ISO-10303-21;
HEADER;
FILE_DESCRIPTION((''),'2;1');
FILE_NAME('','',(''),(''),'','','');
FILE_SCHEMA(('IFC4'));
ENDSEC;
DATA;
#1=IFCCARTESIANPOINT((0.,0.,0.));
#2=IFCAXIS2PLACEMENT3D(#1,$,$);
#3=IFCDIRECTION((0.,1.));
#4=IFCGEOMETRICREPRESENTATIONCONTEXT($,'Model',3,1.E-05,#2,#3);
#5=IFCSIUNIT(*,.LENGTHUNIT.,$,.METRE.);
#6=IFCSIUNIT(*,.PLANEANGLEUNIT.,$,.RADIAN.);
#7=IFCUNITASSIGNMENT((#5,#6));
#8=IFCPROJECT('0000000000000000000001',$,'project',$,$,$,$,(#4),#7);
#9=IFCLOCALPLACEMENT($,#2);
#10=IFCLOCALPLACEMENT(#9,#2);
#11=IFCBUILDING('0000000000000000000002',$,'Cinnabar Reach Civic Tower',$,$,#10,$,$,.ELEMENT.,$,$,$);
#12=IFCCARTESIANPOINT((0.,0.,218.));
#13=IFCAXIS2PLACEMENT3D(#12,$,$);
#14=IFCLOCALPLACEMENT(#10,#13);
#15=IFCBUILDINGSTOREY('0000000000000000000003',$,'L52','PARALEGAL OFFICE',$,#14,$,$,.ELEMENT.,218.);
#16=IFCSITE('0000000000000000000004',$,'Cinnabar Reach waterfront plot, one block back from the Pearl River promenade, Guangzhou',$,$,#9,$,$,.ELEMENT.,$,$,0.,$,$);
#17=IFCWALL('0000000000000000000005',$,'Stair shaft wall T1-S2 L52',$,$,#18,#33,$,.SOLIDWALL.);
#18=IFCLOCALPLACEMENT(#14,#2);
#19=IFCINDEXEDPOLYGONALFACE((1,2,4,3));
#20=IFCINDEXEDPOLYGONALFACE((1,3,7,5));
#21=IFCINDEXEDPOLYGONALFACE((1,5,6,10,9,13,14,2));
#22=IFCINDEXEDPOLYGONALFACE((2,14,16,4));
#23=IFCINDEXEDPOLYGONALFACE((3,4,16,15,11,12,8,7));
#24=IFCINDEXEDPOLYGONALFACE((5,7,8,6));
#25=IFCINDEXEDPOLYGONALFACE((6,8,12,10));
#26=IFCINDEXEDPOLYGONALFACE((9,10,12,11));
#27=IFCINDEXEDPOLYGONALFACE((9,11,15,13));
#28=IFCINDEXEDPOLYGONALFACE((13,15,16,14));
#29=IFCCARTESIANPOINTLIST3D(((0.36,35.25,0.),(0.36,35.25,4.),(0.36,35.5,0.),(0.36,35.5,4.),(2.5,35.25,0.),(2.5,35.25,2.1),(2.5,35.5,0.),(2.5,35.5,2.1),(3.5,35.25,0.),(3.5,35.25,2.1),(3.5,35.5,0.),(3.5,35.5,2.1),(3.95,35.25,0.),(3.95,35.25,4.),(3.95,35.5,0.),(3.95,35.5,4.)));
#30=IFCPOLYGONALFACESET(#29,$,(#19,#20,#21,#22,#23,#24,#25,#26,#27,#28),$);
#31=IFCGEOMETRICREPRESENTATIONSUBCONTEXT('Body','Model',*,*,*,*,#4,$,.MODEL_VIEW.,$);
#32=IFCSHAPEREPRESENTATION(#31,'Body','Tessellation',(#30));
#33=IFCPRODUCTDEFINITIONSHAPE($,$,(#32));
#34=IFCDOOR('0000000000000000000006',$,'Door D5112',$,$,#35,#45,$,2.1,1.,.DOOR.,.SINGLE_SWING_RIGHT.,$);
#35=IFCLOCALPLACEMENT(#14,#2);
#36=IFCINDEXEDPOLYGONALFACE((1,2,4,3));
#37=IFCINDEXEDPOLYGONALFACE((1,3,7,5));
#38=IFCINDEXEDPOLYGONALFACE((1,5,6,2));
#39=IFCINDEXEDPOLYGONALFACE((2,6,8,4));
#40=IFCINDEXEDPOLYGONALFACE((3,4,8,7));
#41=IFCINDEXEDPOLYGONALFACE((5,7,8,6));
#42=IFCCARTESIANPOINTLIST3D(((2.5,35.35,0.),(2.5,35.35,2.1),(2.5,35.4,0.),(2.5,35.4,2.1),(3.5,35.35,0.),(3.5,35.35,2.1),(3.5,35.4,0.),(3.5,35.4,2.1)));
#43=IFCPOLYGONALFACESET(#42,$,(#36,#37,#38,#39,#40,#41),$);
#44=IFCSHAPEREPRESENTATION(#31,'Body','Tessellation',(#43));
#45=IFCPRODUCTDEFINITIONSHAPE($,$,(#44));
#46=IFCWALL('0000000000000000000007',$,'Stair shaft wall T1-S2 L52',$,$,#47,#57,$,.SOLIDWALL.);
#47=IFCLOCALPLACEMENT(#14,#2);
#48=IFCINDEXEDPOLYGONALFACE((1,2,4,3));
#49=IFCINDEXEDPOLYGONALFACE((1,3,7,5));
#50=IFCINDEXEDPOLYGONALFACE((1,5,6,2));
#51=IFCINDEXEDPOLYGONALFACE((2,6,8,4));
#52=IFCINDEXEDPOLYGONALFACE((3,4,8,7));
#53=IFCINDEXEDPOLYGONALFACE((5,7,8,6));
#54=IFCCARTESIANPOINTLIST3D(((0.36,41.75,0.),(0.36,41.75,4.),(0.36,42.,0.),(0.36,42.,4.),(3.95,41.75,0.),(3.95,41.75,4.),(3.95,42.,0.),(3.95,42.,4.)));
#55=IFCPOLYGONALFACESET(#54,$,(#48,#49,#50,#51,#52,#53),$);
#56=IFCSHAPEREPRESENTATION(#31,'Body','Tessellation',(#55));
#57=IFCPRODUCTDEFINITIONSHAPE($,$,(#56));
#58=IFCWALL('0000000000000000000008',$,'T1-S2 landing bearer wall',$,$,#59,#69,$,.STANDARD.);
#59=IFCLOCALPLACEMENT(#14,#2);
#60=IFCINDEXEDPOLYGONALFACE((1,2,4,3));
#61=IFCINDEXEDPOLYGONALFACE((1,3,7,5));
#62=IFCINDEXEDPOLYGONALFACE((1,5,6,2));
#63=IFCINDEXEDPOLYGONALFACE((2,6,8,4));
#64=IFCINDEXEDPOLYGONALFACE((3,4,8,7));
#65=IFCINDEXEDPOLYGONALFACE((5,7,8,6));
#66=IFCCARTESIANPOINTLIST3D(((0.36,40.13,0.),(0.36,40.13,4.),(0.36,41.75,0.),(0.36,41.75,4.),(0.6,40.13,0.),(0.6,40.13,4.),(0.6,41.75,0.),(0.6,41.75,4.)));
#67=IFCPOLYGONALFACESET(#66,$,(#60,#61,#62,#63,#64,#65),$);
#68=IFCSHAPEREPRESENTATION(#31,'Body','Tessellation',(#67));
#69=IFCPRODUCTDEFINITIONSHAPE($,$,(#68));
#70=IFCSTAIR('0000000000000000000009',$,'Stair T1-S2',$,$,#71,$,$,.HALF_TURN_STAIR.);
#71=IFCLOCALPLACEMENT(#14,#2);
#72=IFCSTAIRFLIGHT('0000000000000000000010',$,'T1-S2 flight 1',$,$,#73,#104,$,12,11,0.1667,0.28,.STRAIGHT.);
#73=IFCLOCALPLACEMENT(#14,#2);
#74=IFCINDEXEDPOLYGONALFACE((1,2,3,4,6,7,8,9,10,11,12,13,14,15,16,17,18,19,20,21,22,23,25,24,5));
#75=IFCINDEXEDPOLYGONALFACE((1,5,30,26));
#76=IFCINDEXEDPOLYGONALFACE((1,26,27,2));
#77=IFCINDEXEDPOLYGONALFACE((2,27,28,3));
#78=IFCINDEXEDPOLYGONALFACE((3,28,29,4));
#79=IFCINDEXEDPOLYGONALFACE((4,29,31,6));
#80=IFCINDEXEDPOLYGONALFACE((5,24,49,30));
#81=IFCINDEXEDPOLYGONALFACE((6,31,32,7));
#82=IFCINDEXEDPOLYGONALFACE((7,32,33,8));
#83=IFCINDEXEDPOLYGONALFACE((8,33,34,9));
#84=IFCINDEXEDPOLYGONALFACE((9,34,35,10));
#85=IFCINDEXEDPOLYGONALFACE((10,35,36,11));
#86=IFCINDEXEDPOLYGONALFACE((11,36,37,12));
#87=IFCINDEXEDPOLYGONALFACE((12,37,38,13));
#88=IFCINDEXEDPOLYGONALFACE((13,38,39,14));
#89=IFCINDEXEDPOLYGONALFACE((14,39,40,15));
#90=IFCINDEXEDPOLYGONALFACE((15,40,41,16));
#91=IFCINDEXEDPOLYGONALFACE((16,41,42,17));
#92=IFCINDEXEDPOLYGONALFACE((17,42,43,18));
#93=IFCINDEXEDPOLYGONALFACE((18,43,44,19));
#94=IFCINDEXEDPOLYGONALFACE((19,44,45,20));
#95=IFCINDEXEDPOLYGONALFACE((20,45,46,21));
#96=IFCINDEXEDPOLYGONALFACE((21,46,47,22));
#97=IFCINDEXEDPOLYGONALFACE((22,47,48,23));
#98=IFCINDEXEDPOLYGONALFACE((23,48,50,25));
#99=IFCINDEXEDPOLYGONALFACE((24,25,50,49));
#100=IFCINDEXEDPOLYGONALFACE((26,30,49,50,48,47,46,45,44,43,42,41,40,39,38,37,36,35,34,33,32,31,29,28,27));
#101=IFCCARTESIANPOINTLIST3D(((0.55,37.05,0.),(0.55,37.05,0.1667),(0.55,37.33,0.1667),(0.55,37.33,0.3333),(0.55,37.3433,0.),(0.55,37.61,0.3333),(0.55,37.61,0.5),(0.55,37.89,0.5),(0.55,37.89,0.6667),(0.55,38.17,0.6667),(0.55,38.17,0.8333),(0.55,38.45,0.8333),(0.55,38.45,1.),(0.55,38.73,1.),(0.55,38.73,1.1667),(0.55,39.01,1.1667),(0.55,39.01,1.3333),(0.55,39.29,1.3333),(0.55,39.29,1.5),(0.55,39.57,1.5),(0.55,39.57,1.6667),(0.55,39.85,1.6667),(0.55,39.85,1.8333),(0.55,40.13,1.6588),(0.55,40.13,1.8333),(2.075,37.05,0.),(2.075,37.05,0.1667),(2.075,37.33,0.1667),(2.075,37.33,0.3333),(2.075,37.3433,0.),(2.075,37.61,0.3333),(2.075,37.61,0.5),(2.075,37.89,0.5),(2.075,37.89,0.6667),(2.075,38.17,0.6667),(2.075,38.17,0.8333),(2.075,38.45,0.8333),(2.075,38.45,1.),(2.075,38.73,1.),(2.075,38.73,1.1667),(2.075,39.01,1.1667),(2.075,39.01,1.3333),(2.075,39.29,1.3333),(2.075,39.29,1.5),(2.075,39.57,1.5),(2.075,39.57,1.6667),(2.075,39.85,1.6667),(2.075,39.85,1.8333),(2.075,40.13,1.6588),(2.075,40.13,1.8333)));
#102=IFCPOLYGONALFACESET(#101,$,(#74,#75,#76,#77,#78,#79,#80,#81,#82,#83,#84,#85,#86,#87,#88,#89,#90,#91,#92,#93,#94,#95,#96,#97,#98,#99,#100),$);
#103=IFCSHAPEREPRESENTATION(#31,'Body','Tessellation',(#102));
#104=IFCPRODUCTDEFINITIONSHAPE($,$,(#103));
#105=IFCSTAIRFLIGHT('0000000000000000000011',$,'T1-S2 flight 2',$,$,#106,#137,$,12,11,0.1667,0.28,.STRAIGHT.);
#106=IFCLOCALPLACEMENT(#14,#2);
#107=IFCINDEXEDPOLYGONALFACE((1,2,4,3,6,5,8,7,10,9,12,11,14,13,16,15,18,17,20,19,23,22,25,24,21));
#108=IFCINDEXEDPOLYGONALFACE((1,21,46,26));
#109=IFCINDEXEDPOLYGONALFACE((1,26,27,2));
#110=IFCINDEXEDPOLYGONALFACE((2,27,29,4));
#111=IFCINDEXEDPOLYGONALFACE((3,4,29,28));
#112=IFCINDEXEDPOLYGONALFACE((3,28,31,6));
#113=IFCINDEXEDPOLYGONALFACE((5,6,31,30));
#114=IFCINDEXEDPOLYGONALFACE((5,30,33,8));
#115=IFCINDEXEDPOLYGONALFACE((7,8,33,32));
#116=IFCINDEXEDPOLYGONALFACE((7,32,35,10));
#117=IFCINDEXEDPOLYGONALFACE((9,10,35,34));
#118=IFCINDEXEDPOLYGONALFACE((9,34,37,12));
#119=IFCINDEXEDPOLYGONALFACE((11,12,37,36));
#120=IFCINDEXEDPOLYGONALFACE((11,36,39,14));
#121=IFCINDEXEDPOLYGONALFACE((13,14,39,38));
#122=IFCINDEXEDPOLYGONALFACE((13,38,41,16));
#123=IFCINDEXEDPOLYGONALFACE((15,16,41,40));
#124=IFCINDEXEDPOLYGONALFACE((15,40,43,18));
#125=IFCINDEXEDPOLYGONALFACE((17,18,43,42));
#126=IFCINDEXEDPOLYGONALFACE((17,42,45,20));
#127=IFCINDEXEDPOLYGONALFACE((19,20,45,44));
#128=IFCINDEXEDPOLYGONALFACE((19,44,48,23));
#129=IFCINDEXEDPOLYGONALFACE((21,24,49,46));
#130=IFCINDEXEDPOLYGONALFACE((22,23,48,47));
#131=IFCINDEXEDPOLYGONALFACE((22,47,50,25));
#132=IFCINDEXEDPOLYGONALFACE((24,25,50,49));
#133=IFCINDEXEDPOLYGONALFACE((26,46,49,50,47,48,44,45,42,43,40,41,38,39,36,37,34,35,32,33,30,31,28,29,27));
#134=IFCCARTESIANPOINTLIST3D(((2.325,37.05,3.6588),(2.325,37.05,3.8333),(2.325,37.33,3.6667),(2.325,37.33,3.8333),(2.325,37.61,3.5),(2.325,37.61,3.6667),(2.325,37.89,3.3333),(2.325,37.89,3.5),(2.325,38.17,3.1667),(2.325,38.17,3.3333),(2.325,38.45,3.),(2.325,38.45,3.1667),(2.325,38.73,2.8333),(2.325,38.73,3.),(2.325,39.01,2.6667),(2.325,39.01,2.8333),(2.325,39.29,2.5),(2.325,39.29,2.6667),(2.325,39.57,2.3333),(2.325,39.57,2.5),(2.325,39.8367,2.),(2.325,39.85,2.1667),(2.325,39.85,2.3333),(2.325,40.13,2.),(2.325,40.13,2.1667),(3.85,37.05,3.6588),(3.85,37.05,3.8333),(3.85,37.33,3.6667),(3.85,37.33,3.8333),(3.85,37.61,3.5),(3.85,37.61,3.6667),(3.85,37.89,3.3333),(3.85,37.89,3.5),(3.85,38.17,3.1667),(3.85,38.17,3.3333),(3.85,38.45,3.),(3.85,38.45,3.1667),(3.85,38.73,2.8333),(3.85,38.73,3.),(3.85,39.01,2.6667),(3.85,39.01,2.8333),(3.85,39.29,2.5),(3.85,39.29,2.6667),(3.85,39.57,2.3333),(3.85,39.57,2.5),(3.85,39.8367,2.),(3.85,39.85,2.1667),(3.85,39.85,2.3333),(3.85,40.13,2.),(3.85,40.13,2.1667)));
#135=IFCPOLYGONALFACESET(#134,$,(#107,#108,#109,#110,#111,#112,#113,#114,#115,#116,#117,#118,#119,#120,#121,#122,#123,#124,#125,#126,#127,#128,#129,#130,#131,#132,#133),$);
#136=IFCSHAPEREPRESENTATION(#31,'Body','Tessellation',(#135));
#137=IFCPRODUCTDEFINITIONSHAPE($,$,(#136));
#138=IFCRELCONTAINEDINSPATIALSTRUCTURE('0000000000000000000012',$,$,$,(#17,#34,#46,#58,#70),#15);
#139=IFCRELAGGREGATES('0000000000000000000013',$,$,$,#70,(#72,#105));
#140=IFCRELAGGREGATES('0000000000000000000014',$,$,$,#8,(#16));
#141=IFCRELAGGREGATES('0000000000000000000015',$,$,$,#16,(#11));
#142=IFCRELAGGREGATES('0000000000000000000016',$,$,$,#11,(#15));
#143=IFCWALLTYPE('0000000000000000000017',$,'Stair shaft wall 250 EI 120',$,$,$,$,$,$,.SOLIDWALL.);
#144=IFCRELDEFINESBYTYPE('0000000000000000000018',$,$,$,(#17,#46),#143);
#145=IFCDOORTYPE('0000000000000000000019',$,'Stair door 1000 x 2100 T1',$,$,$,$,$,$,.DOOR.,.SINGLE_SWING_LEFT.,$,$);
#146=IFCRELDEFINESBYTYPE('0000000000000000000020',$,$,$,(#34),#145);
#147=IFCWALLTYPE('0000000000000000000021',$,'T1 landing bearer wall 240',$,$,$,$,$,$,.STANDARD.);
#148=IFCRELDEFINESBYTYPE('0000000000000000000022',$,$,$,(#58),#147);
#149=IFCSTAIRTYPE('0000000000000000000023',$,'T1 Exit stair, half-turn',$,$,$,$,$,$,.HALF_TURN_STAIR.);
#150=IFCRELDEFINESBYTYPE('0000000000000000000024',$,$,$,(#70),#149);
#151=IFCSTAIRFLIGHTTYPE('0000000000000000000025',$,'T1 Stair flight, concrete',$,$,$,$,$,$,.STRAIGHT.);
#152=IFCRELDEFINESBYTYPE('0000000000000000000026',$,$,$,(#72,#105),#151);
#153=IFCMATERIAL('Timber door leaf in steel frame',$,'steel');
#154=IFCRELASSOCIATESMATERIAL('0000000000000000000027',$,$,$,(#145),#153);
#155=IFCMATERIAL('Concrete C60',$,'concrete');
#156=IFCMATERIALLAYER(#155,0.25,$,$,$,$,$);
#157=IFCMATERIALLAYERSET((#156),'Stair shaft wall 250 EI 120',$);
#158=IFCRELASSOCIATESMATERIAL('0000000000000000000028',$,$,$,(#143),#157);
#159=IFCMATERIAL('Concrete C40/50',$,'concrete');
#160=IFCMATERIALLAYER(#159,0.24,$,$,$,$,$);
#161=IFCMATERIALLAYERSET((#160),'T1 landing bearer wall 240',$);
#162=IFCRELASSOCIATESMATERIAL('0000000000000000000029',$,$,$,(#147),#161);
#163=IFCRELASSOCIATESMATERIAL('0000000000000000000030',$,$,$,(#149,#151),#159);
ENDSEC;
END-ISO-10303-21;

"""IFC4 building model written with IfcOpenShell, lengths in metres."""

from ifc_helpers import new_model, si_unit, direction, frame, frame_2d, origin, place, context, subcontext, project, spatial, polyline, rectangle, outline, extrude, material, layer, layer_set, type_object, element, fill, aggregate, save


model = new_model("IFC4")

# Units and contexts
model_context = context("Model", 3, precision=1e-05, world=origin(), true_north=direction((0.0, 1.0)))
body_context = subcontext(model_context, "Body", "Model", "MODEL_VIEW")
ifc_project = project(units=[si_unit("LENGTHUNIT", "METRE"), si_unit("PLANEANGLEUNIT", "RADIAN")], contexts=[model_context])

# Site, building, storey
site_placement = place(None, origin())
site = spatial("IfcSite", under=ifc_project, at=site_placement, Name="Cinnabar Reach waterfront plot, one block back from the Pearl River promenade, Guangzhou", CompositionType="ELEMENT", RefElevation=0.0)
building_placement = place(site_placement, origin())
building = spatial("IfcBuilding", under=site, at=building_placement, Name="Cinnabar Reach Civic Tower", CompositionType="ELEMENT")
storey_placement = place(building_placement, frame((0.0, 0.0, 218.0)))
storey = spatial("IfcBuildingStorey", under=building, at=storey_placement, Name="L52", Description="PARALEGAL OFFICE", CompositionType="ELEMENT", Elevation=218.0)

# Shared definitions
ifc_material_1 = material(Name="Concrete C60", Category="concrete")
ifc_material_2 = material(Name="Timber door leaf in steel frame", Category="steel")
door_type_1 = type_object("IfcDoorType", Name="Stair door 1000 x 2100 T1", OperationType="SINGLE_SWING_LEFT", PredefinedType="DOOR", material=ifc_material_2)

# Wall, opening, door
ifc_layer_1 = layer(ifc_material_1, 0.25)
ifc_layer_set_1 = layer_set([ifc_layer_1], Name="Stair shaft wall 250 EI 120")
wall_type_1 = type_object("IfcWallType", Name="Stair shaft wall 250 EI 120", PredefinedType="SOLIDWALL", material=ifc_layer_set_1)
wall_1_placement = place(storey_placement, frame((0.36, 35.375, 0.0), z_axis=(0.0, 0.0, 1.0), x_axis=(1.0, 0.0, 0.0)))
wall_1 = element("IfcWall", 1, at=wall_1_placement, inside=storey, type_object=wall_type_1, Name="Stair shaft wall T1-S2 L52", PredefinedType="SOLIDWALL", context=body_context, shape_type="SweptSolid", body=[
    extrude(rectangle(XDim=3.59, YDim=0.25, at=frame_2d((1.795, 0.0))), origin(), (0.0, 0.0, 1.0), 4.0),
])
opening_1_placement = place(wall_1_placement, frame((2.14, 0.0, 0.0)))
opening_1 = element("IfcOpeningElement", 2, at=opening_1_placement, cuts=wall_1, PredefinedType="OPENING", context=body_context, shape_type="SweptSolid", body=[
    extrude(rectangle(XDim=1.0, YDim=2.1, at=frame_2d((0.5, 1.05))), frame((0.0, 0.135, 0.0), z_axis=(0.0, -1.0, 0.0), x_axis=(1.0, 0.0, 0.0)), (0.0, 0.0, 1.0), 0.27),
])
door_1_placement = place(opening_1_placement, origin())
door_1 = element("IfcDoor", 3, at=door_1_placement, inside=storey, type_object=door_type_1, Name="Door D5112", OperationType="SINGLE_SWING_RIGHT", OverallHeight=2.1, OverallWidth=1.0, PredefinedType="DOOR", context=body_context, shape_type="SweptSolid", body=[
    extrude(rectangle(XDim=1.0, YDim=2.1, at=frame_2d((0.5, 1.05))), frame((0.0, 0.025, 0.0), z_axis=(0.0, -1.0, 0.0), x_axis=(1.0, 0.0, 0.0)), (0.0, 0.0, 1.0), 0.05),
])
fill(opening_1, door_1)

# Walls
wall_2_placement = place(storey_placement, frame((3.95, 41.875, 0.0), z_axis=(0.0, 0.0, 1.0), x_axis=(-1.0, 0.0, 0.0)))
element("IfcWall", 4, at=wall_2_placement, inside=storey, type_object=wall_type_1, Name="Stair shaft wall T1-S2 L52", PredefinedType="SOLIDWALL", context=body_context, shape_type="SweptSolid", body=[
    extrude(rectangle(XDim=3.59, YDim=0.25, at=frame_2d((1.795, 0.0))), origin(), (0.0, 0.0, 1.0), 4.0),
])
ifc_material_3 = material(Name="Concrete C40/50", Category="concrete")
ifc_layer_2 = layer(ifc_material_3, 0.24)
ifc_layer_set_2 = layer_set([ifc_layer_2], Name="T1 landing bearer wall 240")
wall_type_2 = type_object("IfcWallType", Name="T1 landing bearer wall 240", PredefinedType="STANDARD", material=ifc_layer_set_2)
wall_3_placement = place(storey_placement, frame((0.48, 40.13, 0.0), z_axis=(0.0, 0.0, 1.0), x_axis=(0.0, 1.0, 0.0)))
element("IfcWall", 5, at=wall_3_placement, inside=storey, type_object=wall_type_2, Name="T1-S2 landing bearer wall", PredefinedType="STANDARD", context=body_context, shape_type="SweptSolid", body=[
    extrude(rectangle(XDim=1.62, YDim=0.24, at=frame_2d((0.81, 0.0))), origin(), (0.0, 0.0, 1.0), 4.0),
])

# Stair, stair flights
stair_type = type_object("IfcStairType", Name="T1 Exit stair, half-turn", PredefinedType="HALF_TURN_STAIR", material=ifc_material_3)
stair_placement = place(storey_placement, origin())
stair = element("IfcStair", 6, at=stair_placement, inside=storey, type_object=stair_type, Name="Stair T1-S2", PredefinedType="HALF_TURN_STAIR")
stair_flight_type = type_object("IfcStairFlightType", Name="T1 Stair flight, concrete", PredefinedType="STRAIGHT", material=ifc_material_3)
stair_flight_1_placement = place(storey_placement, frame((1.3125, 37.05, 0.0), z_axis=(0.0, 0.0, 1.0), x_axis=(0.0, 1.0, 0.0)))
stair_flight_1 = element("IfcStairFlight", 7, at=stair_flight_1_placement, type_object=stair_flight_type, Name="T1-S2 flight 1", NumberOfRisers=12, NumberOfTreads=11, PredefinedType="STRAIGHT", RiserHeight=0.1667, TreadLength=0.28, context=body_context, shape_type="SweptSolid", body=[
    extrude(outline(polyline([(0.0, 0.0), (0.0, 0.1667), (0.28, 0.1667), (0.28, 0.3333), (0.56, 0.3333), (0.56, 0.5), (0.84, 0.5), (0.84, 0.6667), (1.12, 0.6667), (1.12, 0.8333), (1.4, 0.8333), (1.4, 1.0), (1.68, 1.0), (1.68, 1.1667), (1.96, 1.1667), (1.96, 1.3333), (2.24, 1.3333), (2.24, 1.5), (2.52, 1.5), (2.52, 1.6667), (2.8, 1.6667), (2.8, 1.8333), (3.08, 1.8333), (3.08, 2.0), (3.08, 1.6588), (0.2933, 0.0), (0.0, 0.0)])), frame((0.0, 0.7625, 0.0), z_axis=(0.0, -1.0, 0.0), x_axis=(1.0, 0.0, 0.0)), (0.0, 0.0, 1.0), 1.525),
])
stair_flight_2_placement = place(storey_placement, frame((3.0875, 40.13, 2.0), z_axis=(0.0, 0.0, 1.0), x_axis=(0.0, -1.0, 0.0)))
stair_flight_2 = element("IfcStairFlight", 8, at=stair_flight_2_placement, type_object=stair_flight_type, Name="T1-S2 flight 2", NumberOfRisers=12, NumberOfTreads=11, PredefinedType="STRAIGHT", RiserHeight=0.1667, TreadLength=0.28, context=body_context, shape_type="SweptSolid", body=[
    extrude(outline(polyline([(0.0, 0.0), (0.0, 0.1667), (0.28, 0.1667), (0.28, 0.3333), (0.56, 0.3333), (0.56, 0.5), (0.84, 0.5), (0.84, 0.6667), (1.12, 0.6667), (1.12, 0.8333), (1.4, 0.8333), (1.4, 1.0), (1.68, 1.0), (1.68, 1.1667), (1.96, 1.1667), (1.96, 1.3333), (2.24, 1.3333), (2.24, 1.5), (2.52, 1.5), (2.52, 1.6667), (2.8, 1.6667), (2.8, 1.8333), (3.08, 1.8333), (3.08, 2.0), (3.08, 1.6588), (0.2933, 0.0), (0.0, 0.0)])), frame((0.0, 0.7625, 0.0), z_axis=(0.0, -1.0, 0.0), x_axis=(1.0, 0.0, 0.0)), (0.0, 0.0, 1.0), 1.525),
])
aggregate(stair, [stair_flight_1, stair_flight_2])

save(model, "model.ifc")
